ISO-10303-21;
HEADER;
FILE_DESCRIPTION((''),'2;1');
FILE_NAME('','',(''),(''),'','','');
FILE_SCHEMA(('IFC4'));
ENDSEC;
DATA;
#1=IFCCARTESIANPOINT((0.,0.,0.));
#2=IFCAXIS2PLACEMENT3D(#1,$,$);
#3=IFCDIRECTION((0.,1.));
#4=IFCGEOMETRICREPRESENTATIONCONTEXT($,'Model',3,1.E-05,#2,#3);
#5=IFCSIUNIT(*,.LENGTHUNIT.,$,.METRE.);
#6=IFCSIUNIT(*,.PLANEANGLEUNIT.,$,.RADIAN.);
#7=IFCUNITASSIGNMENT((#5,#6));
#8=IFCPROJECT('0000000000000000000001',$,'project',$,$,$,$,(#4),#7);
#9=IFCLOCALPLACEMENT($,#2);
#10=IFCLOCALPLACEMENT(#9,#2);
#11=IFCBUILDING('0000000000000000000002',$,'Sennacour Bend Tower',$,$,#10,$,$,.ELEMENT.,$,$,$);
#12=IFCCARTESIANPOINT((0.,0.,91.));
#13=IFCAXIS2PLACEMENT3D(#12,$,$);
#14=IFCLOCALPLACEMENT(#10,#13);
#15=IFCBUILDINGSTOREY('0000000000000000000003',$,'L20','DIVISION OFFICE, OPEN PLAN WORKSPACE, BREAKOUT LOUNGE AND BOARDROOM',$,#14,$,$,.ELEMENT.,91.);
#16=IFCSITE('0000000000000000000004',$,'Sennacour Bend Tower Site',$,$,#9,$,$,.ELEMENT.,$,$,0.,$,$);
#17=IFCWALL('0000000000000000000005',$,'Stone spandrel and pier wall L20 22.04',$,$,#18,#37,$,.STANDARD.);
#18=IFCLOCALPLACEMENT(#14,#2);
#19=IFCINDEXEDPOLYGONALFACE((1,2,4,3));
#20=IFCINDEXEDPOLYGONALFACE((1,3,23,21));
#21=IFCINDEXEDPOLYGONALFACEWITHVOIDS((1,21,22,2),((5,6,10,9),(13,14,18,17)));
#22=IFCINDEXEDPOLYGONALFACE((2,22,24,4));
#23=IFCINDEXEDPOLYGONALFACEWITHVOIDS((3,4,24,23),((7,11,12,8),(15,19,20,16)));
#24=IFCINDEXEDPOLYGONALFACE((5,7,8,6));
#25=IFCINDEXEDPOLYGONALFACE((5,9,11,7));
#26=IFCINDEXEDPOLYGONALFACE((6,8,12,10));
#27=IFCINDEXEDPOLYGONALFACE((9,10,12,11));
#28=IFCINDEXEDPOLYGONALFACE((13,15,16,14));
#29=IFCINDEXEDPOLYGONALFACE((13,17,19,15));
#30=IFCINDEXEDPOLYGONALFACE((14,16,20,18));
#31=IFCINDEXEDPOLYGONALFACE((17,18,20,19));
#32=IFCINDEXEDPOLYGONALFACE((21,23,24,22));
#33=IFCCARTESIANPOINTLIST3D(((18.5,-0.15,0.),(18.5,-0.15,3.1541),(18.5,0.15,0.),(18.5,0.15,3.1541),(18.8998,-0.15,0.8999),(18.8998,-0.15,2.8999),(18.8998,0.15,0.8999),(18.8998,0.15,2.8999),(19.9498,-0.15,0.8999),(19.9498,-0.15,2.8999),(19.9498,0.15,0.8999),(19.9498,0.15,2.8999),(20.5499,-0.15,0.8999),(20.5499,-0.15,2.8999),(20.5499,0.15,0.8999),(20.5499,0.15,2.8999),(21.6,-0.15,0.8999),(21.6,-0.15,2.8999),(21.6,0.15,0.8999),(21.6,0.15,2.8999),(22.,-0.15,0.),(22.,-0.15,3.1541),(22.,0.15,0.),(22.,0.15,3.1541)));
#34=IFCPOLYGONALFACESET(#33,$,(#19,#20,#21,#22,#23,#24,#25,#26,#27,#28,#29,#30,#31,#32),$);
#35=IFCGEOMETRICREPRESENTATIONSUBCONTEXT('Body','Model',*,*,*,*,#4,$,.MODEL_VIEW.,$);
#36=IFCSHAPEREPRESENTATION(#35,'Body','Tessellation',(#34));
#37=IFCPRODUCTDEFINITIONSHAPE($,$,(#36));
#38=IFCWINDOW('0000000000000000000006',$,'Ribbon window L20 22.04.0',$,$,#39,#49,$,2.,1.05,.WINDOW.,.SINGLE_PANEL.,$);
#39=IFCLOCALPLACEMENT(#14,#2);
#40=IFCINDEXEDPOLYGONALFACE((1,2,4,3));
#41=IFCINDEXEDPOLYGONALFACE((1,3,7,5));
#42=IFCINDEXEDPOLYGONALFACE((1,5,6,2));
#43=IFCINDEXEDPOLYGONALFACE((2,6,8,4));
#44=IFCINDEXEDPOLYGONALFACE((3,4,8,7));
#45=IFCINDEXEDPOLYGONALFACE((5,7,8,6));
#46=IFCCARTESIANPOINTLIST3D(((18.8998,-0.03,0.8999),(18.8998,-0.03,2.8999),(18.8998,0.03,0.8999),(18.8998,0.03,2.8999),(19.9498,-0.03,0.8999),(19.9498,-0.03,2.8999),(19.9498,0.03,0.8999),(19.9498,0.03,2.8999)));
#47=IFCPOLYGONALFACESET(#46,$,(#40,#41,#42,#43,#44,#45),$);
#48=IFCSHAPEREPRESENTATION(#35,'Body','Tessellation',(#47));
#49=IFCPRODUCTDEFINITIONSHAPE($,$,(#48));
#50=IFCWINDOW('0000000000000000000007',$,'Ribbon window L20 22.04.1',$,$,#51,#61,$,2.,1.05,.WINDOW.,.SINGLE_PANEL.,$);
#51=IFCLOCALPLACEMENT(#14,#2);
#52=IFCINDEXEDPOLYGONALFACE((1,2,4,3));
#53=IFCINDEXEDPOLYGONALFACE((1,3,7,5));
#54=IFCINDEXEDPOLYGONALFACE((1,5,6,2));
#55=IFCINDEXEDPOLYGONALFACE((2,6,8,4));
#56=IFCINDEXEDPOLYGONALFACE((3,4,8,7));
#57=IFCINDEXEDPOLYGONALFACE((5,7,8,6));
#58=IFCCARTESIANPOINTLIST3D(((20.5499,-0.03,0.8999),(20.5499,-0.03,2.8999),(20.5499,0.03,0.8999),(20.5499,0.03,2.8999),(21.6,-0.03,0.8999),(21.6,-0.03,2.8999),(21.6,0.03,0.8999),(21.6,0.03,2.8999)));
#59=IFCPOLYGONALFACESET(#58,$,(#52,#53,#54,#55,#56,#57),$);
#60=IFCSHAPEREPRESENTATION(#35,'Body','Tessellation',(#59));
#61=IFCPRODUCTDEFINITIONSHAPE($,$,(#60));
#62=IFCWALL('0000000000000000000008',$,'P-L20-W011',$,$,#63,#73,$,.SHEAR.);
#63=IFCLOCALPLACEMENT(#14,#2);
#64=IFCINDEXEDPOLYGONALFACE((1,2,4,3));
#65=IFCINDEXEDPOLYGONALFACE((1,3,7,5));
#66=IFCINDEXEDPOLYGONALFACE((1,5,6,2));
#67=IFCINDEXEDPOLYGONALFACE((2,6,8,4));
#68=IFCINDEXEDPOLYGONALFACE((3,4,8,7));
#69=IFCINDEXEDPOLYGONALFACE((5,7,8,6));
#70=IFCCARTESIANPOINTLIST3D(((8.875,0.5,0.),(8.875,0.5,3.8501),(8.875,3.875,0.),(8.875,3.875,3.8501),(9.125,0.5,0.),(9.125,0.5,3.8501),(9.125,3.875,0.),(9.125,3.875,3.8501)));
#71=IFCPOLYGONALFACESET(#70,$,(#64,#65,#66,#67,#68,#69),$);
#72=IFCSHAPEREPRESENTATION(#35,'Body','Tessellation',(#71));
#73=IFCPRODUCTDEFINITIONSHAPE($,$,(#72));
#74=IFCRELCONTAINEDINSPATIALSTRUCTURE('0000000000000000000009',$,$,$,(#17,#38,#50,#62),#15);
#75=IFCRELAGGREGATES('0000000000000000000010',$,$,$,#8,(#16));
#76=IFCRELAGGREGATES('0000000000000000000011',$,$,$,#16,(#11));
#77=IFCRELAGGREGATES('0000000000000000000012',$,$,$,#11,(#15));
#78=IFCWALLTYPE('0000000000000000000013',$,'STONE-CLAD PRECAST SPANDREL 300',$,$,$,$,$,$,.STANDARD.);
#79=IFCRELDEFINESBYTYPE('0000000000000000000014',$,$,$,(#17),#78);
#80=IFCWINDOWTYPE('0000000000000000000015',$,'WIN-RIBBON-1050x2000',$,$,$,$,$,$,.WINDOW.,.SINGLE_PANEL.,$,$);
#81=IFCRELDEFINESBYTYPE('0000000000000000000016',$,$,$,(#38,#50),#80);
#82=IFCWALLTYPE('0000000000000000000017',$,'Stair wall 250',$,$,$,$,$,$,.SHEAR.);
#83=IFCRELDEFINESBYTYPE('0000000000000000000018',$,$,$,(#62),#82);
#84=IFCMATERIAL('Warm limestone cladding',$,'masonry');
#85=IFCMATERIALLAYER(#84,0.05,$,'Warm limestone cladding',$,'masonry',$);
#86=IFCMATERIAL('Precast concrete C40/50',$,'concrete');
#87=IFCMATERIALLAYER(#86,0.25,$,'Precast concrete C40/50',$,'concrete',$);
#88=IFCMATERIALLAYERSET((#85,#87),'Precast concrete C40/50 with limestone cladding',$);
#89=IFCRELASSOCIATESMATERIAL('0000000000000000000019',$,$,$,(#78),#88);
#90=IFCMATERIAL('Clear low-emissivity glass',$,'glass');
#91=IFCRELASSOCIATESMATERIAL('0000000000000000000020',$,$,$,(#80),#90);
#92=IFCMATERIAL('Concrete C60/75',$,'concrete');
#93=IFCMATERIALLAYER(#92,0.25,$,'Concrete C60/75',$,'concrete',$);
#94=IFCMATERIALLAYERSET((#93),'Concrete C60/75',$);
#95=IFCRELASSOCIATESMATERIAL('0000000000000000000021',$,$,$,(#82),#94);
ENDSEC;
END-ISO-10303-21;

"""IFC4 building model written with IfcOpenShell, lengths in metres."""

from ifc_helpers import new_model, si_unit, direction, frame, frame_2d, origin, place, context, subcontext, project, spatial, rectangle, extrude, material, layer, layer_set, type_object, element, fill, save


model = new_model("IFC4")

# Units and contexts
model_context = context("Model", 3, precision=1e-05, world=origin(), true_north=direction((0.0, 1.0)))
body_context = subcontext(model_context, "Body", "Model", "MODEL_VIEW")
ifc_project = project(units=[si_unit("LENGTHUNIT", "METRE"), si_unit("PLANEANGLEUNIT", "RADIAN")], contexts=[model_context])

# Site, building, storey
site_placement = place(None, origin())
site = spatial("IfcSite", under=ifc_project, at=site_placement, Name="Sennacour Bend Tower Site", CompositionType="ELEMENT", RefElevation=0.0)
building_placement = place(site_placement, origin())
building = spatial("IfcBuilding", under=site, at=building_placement, Name="Sennacour Bend Tower", CompositionType="ELEMENT")
storey_placement = place(building_placement, frame((0.0, 0.0, 91.0)))
storey = spatial("IfcBuildingStorey", under=building, at=storey_placement, Name="L20", Description="DIVISION OFFICE, OPEN PLAN WORKSPACE, BREAKOUT LOUNGE AND BOARDROOM", CompositionType="ELEMENT", Elevation=91.0)

# Wall, openings, windows
ifc_material_1 = material(Name="Warm limestone cladding", Category="masonry")
ifc_layer_1 = layer(ifc_material_1, 0.05, Name="Warm limestone cladding", Category="masonry")
ifc_material_2 = material(Name="Precast concrete C40/50", Category="concrete")
ifc_layer_2 = layer(ifc_material_2, 0.25, Name="Precast concrete C40/50", Category="concrete")
ifc_layer_set_1 = layer_set([ifc_layer_1, ifc_layer_2], Name="Precast concrete C40/50 with limestone cladding")
wall_type_1 = type_object("IfcWallType", Name="STONE-CLAD PRECAST SPANDREL 300", PredefinedType="STANDARD", material=ifc_layer_set_1)
ifc_material_3 = material(Name="Clear low-emissivity glass", Category="glass")
window_type = type_object("IfcWindowType", Name="WIN-RIBBON-1050x2000", PartitioningType="SINGLE_PANEL", PredefinedType="WINDOW", material=ifc_material_3)
wall_1_placement = place(storey_placement, frame((18.5, 0.0, 0.0), z_axis=(0.0, 0.0, 1.0), x_axis=(1.0, 0.0, 0.0)))
wall_1 = element("IfcWall", 1, at=wall_1_placement, inside=storey, type_object=wall_type_1, Name="Stone spandrel and pier wall L20 22.04", PredefinedType="STANDARD", context=body_context, shape_type="SweptSolid", body=[
    extrude(rectangle(XDim=3.5, YDim=0.3, at=frame_2d((1.75, 0.0))), origin(), (0.0, 0.0, 1.0), 3.1541),
])
opening_1_placement = place(wall_1_placement, frame((0.3999, 0.0, 0.8999)))
opening_1 = element("IfcOpeningElement", 2, at=opening_1_placement, cuts=wall_1, PredefinedType="OPENING", context=body_context, shape_type="SweptSolid", body=[
    extrude(rectangle(XDim=1.05, YDim=2.0, at=frame_2d((0.5249, 1.0))), frame((0.0, 0.1602, 0.0), z_axis=(0.0, -1.0, 0.0), x_axis=(1.0, 0.0, 0.0)), (0.0, 0.0, 1.0), 0.3201),
])
opening_2_placement = place(wall_1_placement, frame((2.05, 0.0, 0.8999)))
opening_2 = element("IfcOpeningElement", 3, at=opening_2_placement, cuts=wall_1, PredefinedType="OPENING", context=body_context, shape_type="SweptSolid", body=[
    extrude(rectangle(XDim=1.05, YDim=2.0, at=frame_2d((0.5249, 1.0))), frame((0.0, 0.1602, 0.0), z_axis=(0.0, -1.0, 0.0), x_axis=(1.0, 0.0, 0.0)), (0.0, 0.0, 1.0), 0.3201),
])
window_1_placement = place(opening_1_placement, origin())
window_1 = element("IfcWindow", 4, at=window_1_placement, inside=storey, type_object=window_type, Name="Ribbon window L20 22.04.0", OverallHeight=2.0, OverallWidth=1.05, PartitioningType="SINGLE_PANEL", PredefinedType="WINDOW", context=body_context, shape_type="SweptSolid", body=[
    extrude(rectangle(XDim=1.05, YDim=2.0, at=frame_2d((0.5249, 1.0))), frame((0.0, 0.03, 0.0), z_axis=(0.0, -1.0, 0.0), x_axis=(1.0, 0.0, 0.0)), (0.0, 0.0, 1.0), 0.0601),
])
fill(opening_1, window_1)
window_2_placement = place(opening_2_placement, origin())
window_2 = element("IfcWindow", 5, at=window_2_placement, inside=storey, type_object=window_type, Name="Ribbon window L20 22.04.1", OverallHeight=2.0, OverallWidth=1.05, PartitioningType="SINGLE_PANEL", PredefinedType="WINDOW", context=body_context, shape_type="SweptSolid", body=[
    extrude(rectangle(XDim=1.05, YDim=2.0, at=frame_2d((0.5249, 1.0))), frame((0.0, 0.03, 0.0), z_axis=(0.0, -1.0, 0.0), x_axis=(1.0, 0.0, 0.0)), (0.0, 0.0, 1.0), 0.0601),
])
fill(opening_2, window_2)

# Wall
ifc_material_4 = material(Name="Concrete C60/75", Category="concrete")
ifc_layer_3 = layer(ifc_material_4, 0.25, Name="Concrete C60/75", Category="concrete")
ifc_layer_set_2 = layer_set([ifc_layer_3], Name="Concrete C60/75")
wall_type_2 = type_object("IfcWallType", Name="Stair wall 250", PredefinedType="SHEAR", material=ifc_layer_set_2)
wall_2_placement = place(storey_placement, frame((9.0, 0.5, 0.0), z_axis=(0.0, 0.0, 1.0), x_axis=(0.0, 1.0, 0.0)))
element("IfcWall", 6, at=wall_2_placement, inside=storey, type_object=wall_type_2, Name="P-L20-W011", PredefinedType="SHEAR", context=body_context, shape_type="SweptSolid", body=[
    extrude(rectangle(XDim=3.375, YDim=0.25, at=frame_2d((1.6875, 0.0))), origin(), (0.0, 0.0, 1.0), 3.8501),
])

save(model, "model.ifc")
